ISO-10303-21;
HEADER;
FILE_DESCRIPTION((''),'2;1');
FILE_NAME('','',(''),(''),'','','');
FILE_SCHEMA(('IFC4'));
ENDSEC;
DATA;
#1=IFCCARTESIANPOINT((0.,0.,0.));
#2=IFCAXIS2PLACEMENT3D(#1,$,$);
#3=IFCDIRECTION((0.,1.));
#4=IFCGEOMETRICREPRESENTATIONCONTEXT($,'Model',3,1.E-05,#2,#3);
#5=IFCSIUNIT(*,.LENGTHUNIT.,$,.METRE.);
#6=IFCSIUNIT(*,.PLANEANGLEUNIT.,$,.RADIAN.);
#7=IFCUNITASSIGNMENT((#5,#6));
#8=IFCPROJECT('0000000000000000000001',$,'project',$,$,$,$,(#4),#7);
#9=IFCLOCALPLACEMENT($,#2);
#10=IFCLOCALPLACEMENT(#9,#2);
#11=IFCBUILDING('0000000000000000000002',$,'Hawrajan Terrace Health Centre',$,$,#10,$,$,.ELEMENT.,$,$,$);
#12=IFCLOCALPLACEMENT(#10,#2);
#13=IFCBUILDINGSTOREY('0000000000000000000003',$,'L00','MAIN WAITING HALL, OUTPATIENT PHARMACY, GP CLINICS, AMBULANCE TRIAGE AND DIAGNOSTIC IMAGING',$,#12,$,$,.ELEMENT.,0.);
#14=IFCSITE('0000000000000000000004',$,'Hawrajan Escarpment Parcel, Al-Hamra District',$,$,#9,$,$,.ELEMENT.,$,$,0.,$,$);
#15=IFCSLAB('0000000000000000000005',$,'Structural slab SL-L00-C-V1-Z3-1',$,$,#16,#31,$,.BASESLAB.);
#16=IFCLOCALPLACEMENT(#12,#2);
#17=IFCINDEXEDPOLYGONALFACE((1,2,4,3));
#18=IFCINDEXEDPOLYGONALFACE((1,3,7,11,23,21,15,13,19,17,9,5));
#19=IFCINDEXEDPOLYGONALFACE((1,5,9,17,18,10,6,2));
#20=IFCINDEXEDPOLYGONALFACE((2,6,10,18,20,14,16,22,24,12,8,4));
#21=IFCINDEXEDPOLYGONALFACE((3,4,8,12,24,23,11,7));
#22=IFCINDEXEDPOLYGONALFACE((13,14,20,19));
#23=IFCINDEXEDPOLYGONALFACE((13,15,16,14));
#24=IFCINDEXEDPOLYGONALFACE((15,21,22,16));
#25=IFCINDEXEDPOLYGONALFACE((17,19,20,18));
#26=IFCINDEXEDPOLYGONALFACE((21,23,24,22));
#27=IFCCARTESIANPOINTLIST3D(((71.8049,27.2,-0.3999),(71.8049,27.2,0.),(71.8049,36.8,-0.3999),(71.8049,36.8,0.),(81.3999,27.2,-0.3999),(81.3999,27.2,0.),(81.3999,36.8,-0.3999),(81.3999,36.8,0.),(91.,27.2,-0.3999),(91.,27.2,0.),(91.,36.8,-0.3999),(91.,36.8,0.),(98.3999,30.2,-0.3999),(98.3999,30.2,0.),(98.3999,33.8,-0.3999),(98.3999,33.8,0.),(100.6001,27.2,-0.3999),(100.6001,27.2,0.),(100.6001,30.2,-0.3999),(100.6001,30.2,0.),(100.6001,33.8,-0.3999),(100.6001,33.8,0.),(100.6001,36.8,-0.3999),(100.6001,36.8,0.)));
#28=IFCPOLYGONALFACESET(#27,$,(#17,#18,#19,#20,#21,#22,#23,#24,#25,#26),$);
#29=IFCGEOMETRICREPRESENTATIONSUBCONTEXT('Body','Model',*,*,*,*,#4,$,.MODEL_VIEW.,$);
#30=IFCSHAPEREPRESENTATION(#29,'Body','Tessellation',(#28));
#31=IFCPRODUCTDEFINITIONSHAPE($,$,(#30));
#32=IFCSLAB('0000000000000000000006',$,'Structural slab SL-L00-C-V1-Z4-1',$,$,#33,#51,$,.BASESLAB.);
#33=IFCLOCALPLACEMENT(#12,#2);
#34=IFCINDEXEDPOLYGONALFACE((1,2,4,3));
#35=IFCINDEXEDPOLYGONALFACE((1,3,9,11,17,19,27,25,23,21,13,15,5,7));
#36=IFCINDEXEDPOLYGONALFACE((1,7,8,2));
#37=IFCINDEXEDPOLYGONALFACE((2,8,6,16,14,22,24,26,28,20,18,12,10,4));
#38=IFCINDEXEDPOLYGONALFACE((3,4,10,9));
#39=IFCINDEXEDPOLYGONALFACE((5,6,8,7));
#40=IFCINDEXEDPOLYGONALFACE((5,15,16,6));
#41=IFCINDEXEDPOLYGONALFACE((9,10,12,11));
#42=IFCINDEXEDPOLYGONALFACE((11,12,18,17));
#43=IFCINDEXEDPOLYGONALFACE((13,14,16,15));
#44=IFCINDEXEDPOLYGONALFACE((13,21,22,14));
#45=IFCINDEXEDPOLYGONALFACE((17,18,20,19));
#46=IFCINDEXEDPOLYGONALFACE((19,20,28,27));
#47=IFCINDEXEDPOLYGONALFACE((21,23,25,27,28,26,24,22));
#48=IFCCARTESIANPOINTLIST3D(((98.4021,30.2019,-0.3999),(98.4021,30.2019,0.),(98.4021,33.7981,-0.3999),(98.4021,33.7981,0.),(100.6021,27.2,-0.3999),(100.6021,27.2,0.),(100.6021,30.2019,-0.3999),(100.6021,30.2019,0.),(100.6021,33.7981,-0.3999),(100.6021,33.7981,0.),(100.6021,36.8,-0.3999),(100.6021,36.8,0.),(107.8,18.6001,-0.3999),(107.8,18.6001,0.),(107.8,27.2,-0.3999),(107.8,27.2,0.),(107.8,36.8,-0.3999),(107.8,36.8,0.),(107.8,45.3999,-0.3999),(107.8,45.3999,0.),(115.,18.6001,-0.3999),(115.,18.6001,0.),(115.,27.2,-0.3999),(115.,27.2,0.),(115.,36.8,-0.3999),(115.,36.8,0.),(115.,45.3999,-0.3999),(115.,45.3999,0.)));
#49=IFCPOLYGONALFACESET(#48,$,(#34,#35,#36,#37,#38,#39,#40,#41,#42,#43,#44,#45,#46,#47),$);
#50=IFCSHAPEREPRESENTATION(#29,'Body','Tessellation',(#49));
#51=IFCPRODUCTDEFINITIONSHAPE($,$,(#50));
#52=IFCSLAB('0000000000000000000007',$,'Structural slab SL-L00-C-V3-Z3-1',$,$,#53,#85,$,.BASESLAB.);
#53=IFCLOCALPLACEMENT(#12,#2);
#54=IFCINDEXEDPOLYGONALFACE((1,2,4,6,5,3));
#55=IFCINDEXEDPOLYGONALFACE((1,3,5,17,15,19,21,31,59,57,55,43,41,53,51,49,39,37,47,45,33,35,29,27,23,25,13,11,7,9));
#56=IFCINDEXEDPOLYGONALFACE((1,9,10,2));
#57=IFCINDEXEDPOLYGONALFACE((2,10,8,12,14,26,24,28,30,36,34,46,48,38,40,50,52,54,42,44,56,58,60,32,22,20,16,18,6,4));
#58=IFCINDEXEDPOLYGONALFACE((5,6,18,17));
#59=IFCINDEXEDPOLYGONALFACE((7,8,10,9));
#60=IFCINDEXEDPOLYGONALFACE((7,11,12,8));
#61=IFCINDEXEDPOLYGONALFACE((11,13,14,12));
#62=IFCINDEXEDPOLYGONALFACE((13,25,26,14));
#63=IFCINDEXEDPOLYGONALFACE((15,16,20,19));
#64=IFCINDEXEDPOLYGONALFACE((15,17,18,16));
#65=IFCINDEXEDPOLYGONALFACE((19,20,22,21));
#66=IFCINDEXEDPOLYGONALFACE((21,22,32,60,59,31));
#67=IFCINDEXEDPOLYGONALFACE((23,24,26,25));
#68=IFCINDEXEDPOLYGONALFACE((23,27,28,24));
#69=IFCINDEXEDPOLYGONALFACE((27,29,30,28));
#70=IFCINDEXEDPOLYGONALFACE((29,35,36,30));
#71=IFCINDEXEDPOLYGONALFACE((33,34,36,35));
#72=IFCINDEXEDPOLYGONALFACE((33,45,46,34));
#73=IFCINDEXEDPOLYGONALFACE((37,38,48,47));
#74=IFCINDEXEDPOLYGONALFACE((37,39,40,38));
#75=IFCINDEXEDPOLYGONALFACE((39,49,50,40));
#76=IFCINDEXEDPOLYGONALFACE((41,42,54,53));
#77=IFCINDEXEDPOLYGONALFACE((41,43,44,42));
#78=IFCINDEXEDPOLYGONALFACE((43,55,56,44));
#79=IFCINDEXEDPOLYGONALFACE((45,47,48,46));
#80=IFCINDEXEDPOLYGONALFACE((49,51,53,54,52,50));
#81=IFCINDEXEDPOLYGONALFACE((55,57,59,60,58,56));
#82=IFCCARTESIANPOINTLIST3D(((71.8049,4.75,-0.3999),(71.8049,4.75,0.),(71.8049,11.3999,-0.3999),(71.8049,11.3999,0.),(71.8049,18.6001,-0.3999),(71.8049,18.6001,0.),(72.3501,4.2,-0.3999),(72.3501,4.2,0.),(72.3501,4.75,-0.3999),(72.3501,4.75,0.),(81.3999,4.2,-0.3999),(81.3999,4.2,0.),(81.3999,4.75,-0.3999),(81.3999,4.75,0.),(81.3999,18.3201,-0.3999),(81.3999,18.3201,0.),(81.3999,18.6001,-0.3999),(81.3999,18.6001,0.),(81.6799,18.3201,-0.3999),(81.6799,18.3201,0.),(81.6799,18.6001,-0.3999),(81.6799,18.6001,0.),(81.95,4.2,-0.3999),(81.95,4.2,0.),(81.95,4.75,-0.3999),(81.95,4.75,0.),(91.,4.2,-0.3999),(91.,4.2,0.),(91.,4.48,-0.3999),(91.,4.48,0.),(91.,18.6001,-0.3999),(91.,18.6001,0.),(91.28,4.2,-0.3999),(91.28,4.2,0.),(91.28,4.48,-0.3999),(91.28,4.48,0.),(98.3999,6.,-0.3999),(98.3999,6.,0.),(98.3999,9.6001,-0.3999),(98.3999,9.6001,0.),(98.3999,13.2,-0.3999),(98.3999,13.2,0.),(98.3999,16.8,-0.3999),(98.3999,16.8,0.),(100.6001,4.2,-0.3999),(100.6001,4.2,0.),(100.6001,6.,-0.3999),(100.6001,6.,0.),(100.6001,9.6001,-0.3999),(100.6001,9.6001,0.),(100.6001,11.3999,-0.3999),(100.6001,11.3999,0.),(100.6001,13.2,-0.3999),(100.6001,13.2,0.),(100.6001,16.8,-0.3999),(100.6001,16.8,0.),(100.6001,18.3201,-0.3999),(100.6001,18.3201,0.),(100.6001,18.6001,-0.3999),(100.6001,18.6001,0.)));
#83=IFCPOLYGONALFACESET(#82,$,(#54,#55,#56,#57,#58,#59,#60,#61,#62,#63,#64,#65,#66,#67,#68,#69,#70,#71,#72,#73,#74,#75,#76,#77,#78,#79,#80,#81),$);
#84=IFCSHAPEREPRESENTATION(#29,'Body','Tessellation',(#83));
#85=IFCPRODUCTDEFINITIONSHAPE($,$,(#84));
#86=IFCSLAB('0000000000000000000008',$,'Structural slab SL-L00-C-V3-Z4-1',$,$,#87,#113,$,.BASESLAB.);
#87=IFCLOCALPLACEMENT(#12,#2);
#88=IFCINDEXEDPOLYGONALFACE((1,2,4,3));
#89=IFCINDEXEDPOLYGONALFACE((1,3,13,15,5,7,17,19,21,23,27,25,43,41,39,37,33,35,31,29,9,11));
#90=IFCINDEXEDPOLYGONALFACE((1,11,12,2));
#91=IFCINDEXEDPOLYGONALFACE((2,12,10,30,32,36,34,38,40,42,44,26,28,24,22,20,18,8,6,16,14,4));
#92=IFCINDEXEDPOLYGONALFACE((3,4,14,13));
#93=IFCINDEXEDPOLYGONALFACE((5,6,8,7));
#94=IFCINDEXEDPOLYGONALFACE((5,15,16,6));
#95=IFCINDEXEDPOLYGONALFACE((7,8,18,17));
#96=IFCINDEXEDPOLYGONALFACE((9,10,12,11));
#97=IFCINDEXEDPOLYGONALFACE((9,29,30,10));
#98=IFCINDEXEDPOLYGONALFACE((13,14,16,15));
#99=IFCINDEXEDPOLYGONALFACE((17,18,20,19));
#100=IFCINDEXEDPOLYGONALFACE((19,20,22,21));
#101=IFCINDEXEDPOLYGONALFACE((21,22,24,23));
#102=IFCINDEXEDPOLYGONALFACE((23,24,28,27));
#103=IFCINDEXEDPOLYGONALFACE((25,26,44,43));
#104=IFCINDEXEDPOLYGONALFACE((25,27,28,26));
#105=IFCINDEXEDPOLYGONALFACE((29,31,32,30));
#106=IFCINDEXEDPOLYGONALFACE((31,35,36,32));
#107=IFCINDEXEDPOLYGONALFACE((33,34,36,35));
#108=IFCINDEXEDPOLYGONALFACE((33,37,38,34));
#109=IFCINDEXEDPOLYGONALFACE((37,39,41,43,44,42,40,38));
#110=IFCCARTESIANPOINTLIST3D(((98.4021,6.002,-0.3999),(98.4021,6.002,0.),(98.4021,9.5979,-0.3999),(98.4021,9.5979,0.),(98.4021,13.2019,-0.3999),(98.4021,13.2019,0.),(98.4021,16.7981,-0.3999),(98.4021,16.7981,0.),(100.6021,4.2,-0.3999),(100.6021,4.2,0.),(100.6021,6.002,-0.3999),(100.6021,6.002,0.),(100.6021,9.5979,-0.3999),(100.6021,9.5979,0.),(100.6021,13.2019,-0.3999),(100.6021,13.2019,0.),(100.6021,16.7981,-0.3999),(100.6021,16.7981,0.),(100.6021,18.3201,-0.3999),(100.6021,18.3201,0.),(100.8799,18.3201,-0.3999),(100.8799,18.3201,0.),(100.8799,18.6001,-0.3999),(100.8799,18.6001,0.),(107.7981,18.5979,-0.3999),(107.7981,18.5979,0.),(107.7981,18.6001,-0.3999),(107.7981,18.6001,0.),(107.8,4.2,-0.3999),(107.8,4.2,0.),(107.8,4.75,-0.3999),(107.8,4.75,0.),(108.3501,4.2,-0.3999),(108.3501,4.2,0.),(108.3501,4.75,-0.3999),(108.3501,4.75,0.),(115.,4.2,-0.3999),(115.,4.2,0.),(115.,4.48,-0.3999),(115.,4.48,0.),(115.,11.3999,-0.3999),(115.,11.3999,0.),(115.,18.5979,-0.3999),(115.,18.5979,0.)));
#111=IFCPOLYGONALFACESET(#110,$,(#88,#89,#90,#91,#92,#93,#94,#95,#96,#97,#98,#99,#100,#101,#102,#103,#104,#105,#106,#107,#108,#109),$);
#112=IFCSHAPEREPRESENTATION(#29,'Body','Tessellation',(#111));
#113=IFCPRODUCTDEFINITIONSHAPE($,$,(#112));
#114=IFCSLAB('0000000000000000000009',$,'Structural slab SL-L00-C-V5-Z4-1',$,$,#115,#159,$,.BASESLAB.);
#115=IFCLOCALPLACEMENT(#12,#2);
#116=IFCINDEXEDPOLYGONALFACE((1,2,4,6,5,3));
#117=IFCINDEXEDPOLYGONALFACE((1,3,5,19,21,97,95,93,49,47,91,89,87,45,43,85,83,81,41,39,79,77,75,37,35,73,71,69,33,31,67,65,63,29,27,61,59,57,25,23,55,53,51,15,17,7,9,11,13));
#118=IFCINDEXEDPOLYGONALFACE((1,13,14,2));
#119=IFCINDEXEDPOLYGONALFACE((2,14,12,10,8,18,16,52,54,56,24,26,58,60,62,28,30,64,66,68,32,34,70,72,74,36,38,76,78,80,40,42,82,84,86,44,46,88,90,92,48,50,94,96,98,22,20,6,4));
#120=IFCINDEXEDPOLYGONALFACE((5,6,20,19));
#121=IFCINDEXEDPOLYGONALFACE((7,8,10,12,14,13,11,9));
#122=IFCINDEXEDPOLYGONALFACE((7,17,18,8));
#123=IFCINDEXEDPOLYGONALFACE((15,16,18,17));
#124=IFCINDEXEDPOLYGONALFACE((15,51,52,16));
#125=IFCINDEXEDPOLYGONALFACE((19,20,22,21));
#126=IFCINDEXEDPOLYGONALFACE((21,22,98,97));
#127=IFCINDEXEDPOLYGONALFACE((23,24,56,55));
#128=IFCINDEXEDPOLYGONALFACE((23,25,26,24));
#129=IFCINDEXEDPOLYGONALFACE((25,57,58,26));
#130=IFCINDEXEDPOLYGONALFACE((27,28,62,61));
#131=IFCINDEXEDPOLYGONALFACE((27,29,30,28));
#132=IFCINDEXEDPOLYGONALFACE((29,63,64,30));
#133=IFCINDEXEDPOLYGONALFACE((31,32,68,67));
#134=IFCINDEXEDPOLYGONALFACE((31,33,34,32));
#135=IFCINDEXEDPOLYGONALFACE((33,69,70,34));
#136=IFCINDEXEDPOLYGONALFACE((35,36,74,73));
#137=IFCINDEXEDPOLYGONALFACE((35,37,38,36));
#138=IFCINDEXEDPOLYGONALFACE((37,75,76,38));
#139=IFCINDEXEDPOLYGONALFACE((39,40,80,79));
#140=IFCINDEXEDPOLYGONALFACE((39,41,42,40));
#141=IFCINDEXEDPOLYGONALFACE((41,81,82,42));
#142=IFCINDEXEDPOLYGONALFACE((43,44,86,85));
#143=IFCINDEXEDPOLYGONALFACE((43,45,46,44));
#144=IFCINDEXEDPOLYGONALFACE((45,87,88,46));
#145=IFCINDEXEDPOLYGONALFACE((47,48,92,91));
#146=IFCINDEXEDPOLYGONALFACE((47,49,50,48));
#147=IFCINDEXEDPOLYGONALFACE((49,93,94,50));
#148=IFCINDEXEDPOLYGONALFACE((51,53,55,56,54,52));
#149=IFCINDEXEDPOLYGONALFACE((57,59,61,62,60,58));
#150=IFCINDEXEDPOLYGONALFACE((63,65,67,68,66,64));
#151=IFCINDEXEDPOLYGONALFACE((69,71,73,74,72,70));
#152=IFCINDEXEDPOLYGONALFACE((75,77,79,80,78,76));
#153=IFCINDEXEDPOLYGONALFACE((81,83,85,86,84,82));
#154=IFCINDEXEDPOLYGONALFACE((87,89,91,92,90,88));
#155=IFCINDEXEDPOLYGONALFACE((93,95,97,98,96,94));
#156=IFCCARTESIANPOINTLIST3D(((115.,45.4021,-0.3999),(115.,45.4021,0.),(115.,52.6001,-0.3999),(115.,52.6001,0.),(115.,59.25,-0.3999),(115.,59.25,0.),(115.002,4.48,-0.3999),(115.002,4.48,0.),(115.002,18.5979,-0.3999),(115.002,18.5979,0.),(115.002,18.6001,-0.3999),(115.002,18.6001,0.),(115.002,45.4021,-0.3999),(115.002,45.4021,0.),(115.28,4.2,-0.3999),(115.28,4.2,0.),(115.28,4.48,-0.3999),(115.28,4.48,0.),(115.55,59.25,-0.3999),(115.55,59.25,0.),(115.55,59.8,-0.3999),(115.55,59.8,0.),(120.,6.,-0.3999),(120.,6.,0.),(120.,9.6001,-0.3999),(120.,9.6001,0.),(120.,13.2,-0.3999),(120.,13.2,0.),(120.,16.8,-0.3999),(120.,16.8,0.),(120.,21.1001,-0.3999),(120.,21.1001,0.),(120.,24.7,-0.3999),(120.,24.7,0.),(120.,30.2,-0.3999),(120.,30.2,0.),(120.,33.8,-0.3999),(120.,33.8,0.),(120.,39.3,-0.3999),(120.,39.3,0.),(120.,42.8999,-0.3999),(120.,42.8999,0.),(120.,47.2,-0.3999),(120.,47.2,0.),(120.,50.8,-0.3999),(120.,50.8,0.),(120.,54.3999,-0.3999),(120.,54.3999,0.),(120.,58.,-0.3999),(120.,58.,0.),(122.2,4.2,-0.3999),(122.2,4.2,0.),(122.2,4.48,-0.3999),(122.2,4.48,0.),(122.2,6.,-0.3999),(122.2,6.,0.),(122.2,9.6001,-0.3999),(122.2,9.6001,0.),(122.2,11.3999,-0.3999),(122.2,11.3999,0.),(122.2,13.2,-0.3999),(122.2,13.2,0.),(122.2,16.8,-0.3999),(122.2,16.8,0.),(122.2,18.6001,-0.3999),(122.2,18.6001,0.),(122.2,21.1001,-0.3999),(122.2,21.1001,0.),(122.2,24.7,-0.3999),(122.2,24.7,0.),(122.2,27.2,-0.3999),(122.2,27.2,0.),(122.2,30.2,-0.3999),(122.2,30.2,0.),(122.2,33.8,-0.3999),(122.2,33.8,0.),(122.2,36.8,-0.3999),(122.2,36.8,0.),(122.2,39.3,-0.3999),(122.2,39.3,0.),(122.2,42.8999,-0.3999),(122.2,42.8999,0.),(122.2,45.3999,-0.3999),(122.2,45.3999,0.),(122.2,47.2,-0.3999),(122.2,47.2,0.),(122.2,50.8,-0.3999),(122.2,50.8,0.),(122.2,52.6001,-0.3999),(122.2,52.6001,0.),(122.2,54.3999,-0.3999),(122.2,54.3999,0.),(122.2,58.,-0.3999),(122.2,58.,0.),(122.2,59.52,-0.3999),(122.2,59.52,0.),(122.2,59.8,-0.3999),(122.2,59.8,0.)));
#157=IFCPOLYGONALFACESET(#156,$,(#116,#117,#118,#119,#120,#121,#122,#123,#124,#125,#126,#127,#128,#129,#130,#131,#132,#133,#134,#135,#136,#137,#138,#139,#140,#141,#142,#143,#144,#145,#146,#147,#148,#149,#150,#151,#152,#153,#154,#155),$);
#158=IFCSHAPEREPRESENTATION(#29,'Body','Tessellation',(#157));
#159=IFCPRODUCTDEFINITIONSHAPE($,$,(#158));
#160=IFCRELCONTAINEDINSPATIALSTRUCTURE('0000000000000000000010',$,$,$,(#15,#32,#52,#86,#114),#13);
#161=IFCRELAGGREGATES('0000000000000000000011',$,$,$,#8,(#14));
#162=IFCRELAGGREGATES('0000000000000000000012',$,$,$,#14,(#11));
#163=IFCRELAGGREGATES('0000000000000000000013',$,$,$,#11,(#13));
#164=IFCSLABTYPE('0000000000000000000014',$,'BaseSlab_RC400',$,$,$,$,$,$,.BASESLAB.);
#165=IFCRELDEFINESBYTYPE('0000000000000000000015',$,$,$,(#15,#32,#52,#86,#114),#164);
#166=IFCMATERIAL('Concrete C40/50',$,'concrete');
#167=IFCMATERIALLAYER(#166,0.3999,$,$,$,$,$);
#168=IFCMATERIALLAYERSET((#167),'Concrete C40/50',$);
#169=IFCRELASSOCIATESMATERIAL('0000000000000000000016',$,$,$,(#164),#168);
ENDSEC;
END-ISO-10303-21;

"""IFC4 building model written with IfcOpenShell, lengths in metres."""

from ifc_helpers import new_model, si_unit, direction, frame, origin, place, context, subcontext, project, spatial, polyline, outline, extrude, material, layer, layer_set, type_object, element, save


model = new_model("IFC4")

# Units and contexts
model_context = context("Model", 3, precision=1e-05, world=origin(), true_north=direction((0.0, 1.0)))
body_context = subcontext(model_context, "Body", "Model", "MODEL_VIEW")
ifc_project = project(units=[si_unit("LENGTHUNIT", "METRE"), si_unit("PLANEANGLEUNIT", "RADIAN")], contexts=[model_context])

# Site, building, storey
site_placement = place(None, origin())
site = spatial("IfcSite", under=ifc_project, at=site_placement, Name="Hawrajan Escarpment Parcel, Al-Hamra District", CompositionType="ELEMENT", RefElevation=0.0)
building_placement = place(site_placement, origin())
building = spatial("IfcBuilding", under=site, at=building_placement, Name="Hawrajan Terrace Health Centre", CompositionType="ELEMENT")
storey_placement = place(building_placement, origin())
storey = spatial("IfcBuildingStorey", under=building, at=storey_placement, Name="L00", Description="MAIN WAITING HALL, OUTPATIENT PHARMACY, GP CLINICS, AMBULANCE TRIAGE AND DIAGNOSTIC IMAGING", CompositionType="ELEMENT", Elevation=0.0)

# Slabs
ifc_material = material(Name="Concrete C40/50", Category="concrete")
ifc_layer_1 = layer(ifc_material, 0.3999)
ifc_layer_set_1 = layer_set([ifc_layer_1], Name="Concrete C40/50")
slab_type_1 = type_object("IfcSlabType", Name="BaseSlab_RC400", PredefinedType="BASESLAB", material=ifc_layer_set_1)
slab_1_placement = place(storey_placement, frame((0.0, 0.0, -0.3999)))
element("IfcSlab", 1, at=slab_1_placement, inside=storey, type_object=slab_type_1, Name="Structural slab SL-L00-C-V1-Z3-1", PredefinedType="BASESLAB", context=body_context, shape_type="SweptSolid", body=[
    extrude(outline(polyline([(71.8049, 36.8), (81.3999, 36.8), (91.0, 36.8), (100.6001, 36.8), (100.6001, 33.8), (98.3999, 33.8), (98.3999, 30.2), (100.6001, 30.2), (100.6001, 27.2), (91.0, 27.2), (81.3999, 27.2), (71.8049, 27.2), (71.8049, 36.8)])), origin(), (0.0, 0.0, 1.0), 0.3999),
])
slab_2_placement = place(storey_placement, frame((0.0, 0.0, -0.3999)))
element("IfcSlab", 2, at=slab_2_placement, inside=storey, type_object=slab_type_1, Name="Structural slab SL-L00-C-V1-Z4-1", PredefinedType="BASESLAB", context=body_context, shape_type="SweptSolid", body=[
    extrude(outline(polyline([(107.8, 36.8), (107.8, 45.3999), (115.0, 45.3999), (115.0, 36.8), (115.0, 27.2), (115.0, 18.6001), (107.8, 18.6001), (107.8, 27.2), (100.6021, 27.2), (100.6021, 30.2019), (98.4021, 30.2019), (98.4021, 33.7981), (100.6021, 33.7981), (100.6021, 36.8), (107.8, 36.8)])), origin(), (0.0, 0.0, 1.0), 0.3999),
])
slab_3_placement = place(storey_placement, frame((0.0, 0.0, -0.3999)))
element("IfcSlab", 3, at=slab_3_placement, inside=storey, type_object=slab_type_1, Name="Structural slab SL-L00-C-V3-Z3-1", PredefinedType="BASESLAB", context=body_context, shape_type="SweptSolid", body=[
    extrude(outline(polyline([(81.3999, 18.6001), (81.3999, 18.3201), (81.6799, 18.3201), (81.6799, 18.6001), (91.0, 18.6001), (100.6001, 18.6001), (100.6001, 18.3201), (100.6001, 16.8), (98.3999, 16.8), (98.3999, 13.2), (100.6001, 13.2), (100.6001, 11.3999), (100.6001, 9.6001), (98.3999, 9.6001), (98.3999, 6.0), (100.6001, 6.0), (100.6001, 4.2), (91.28, 4.2), (91.28, 4.48), (91.0, 4.48), (91.0, 4.2), (81.95, 4.2), (81.95, 4.75), (81.3999, 4.75), (81.3999, 4.2), (72.3501, 4.2), (72.3501, 4.75), (71.8049, 4.75), (71.8049, 11.3999), (71.8049, 18.6001), (81.3999, 18.6001)])), origin(), (0.0, 0.0, 1.0), 0.3999),
])
slab_4_placement = place(storey_placement, frame((0.0, 0.0, -0.3999)))
element("IfcSlab", 4, at=slab_4_placement, inside=storey, type_object=slab_type_1, Name="Structural slab SL-L00-C-V3-Z4-1", PredefinedType="BASESLAB", context=body_context, shape_type="SweptSolid", body=[
    extrude(outline(polyline([(100.8799, 18.3201), (100.8799, 18.6001), (107.7981, 18.6001), (107.7981, 18.5979), (115.0, 18.5979), (115.0, 11.3999), (115.0, 4.48), (115.0, 4.2), (108.3501, 4.2), (108.3501, 4.75), (107.8, 4.75), (107.8, 4.2), (100.6021, 4.2), (100.6021, 6.002), (98.4021, 6.002), (98.4021, 9.5979), (100.6021, 9.5979), (100.6021, 13.2019), (98.4021, 13.2019), (98.4021, 16.7981), (100.6021, 16.7981), (100.6021, 18.3201), (100.8799, 18.3201)])), origin(), (0.0, 0.0, 1.0), 0.3999),
])
slab_5_placement = place(storey_placement, frame((0.0, 0.0, -0.3999)))
element("IfcSlab", 5, at=slab_5_placement, inside=storey, type_object=slab_type_1, Name="Structural slab SL-L00-C-V5-Z4-1", PredefinedType="BASESLAB", context=body_context, shape_type="SweptSolid", body=[
    extrude(outline(polyline([(115.0, 52.6001), (115.0, 59.25), (115.55, 59.25), (115.55, 59.8), (122.2, 59.8), (122.2, 59.52), (122.2, 58.0), (120.0, 58.0), (120.0, 54.3999), (122.2, 54.3999), (122.2, 52.6001), (122.2, 50.8), (120.0, 50.8), (120.0, 47.2), (122.2, 47.2), (122.2, 45.3999), (122.2, 42.8999), (120.0, 42.8999), (120.0, 39.3), (122.2, 39.3), (122.2, 36.8), (122.2, 33.8), (120.0, 33.8), (120.0, 30.2), (122.2, 30.2), (122.2, 27.2), (122.2, 24.7), (120.0, 24.7), (120.0, 21.1001), (122.2, 21.1001), (122.2, 18.6001), (122.2, 16.8), (120.0, 16.8), (120.0, 13.2), (122.2, 13.2), (122.2, 11.3999), (122.2, 9.6001), (120.0, 9.6001), (120.0, 6.0), (122.2, 6.0), (122.2, 4.48), (122.2, 4.2), (115.28, 4.2), (115.28, 4.48), (115.002, 4.48), (115.002, 18.5979), (115.002, 18.6001), (115.002, 45.4021), (115.0, 45.4021), (115.0, 52.6001)])), origin(), (0.0, 0.0, 1.0), 0.3999),
])

save(model, "model.ifc")
